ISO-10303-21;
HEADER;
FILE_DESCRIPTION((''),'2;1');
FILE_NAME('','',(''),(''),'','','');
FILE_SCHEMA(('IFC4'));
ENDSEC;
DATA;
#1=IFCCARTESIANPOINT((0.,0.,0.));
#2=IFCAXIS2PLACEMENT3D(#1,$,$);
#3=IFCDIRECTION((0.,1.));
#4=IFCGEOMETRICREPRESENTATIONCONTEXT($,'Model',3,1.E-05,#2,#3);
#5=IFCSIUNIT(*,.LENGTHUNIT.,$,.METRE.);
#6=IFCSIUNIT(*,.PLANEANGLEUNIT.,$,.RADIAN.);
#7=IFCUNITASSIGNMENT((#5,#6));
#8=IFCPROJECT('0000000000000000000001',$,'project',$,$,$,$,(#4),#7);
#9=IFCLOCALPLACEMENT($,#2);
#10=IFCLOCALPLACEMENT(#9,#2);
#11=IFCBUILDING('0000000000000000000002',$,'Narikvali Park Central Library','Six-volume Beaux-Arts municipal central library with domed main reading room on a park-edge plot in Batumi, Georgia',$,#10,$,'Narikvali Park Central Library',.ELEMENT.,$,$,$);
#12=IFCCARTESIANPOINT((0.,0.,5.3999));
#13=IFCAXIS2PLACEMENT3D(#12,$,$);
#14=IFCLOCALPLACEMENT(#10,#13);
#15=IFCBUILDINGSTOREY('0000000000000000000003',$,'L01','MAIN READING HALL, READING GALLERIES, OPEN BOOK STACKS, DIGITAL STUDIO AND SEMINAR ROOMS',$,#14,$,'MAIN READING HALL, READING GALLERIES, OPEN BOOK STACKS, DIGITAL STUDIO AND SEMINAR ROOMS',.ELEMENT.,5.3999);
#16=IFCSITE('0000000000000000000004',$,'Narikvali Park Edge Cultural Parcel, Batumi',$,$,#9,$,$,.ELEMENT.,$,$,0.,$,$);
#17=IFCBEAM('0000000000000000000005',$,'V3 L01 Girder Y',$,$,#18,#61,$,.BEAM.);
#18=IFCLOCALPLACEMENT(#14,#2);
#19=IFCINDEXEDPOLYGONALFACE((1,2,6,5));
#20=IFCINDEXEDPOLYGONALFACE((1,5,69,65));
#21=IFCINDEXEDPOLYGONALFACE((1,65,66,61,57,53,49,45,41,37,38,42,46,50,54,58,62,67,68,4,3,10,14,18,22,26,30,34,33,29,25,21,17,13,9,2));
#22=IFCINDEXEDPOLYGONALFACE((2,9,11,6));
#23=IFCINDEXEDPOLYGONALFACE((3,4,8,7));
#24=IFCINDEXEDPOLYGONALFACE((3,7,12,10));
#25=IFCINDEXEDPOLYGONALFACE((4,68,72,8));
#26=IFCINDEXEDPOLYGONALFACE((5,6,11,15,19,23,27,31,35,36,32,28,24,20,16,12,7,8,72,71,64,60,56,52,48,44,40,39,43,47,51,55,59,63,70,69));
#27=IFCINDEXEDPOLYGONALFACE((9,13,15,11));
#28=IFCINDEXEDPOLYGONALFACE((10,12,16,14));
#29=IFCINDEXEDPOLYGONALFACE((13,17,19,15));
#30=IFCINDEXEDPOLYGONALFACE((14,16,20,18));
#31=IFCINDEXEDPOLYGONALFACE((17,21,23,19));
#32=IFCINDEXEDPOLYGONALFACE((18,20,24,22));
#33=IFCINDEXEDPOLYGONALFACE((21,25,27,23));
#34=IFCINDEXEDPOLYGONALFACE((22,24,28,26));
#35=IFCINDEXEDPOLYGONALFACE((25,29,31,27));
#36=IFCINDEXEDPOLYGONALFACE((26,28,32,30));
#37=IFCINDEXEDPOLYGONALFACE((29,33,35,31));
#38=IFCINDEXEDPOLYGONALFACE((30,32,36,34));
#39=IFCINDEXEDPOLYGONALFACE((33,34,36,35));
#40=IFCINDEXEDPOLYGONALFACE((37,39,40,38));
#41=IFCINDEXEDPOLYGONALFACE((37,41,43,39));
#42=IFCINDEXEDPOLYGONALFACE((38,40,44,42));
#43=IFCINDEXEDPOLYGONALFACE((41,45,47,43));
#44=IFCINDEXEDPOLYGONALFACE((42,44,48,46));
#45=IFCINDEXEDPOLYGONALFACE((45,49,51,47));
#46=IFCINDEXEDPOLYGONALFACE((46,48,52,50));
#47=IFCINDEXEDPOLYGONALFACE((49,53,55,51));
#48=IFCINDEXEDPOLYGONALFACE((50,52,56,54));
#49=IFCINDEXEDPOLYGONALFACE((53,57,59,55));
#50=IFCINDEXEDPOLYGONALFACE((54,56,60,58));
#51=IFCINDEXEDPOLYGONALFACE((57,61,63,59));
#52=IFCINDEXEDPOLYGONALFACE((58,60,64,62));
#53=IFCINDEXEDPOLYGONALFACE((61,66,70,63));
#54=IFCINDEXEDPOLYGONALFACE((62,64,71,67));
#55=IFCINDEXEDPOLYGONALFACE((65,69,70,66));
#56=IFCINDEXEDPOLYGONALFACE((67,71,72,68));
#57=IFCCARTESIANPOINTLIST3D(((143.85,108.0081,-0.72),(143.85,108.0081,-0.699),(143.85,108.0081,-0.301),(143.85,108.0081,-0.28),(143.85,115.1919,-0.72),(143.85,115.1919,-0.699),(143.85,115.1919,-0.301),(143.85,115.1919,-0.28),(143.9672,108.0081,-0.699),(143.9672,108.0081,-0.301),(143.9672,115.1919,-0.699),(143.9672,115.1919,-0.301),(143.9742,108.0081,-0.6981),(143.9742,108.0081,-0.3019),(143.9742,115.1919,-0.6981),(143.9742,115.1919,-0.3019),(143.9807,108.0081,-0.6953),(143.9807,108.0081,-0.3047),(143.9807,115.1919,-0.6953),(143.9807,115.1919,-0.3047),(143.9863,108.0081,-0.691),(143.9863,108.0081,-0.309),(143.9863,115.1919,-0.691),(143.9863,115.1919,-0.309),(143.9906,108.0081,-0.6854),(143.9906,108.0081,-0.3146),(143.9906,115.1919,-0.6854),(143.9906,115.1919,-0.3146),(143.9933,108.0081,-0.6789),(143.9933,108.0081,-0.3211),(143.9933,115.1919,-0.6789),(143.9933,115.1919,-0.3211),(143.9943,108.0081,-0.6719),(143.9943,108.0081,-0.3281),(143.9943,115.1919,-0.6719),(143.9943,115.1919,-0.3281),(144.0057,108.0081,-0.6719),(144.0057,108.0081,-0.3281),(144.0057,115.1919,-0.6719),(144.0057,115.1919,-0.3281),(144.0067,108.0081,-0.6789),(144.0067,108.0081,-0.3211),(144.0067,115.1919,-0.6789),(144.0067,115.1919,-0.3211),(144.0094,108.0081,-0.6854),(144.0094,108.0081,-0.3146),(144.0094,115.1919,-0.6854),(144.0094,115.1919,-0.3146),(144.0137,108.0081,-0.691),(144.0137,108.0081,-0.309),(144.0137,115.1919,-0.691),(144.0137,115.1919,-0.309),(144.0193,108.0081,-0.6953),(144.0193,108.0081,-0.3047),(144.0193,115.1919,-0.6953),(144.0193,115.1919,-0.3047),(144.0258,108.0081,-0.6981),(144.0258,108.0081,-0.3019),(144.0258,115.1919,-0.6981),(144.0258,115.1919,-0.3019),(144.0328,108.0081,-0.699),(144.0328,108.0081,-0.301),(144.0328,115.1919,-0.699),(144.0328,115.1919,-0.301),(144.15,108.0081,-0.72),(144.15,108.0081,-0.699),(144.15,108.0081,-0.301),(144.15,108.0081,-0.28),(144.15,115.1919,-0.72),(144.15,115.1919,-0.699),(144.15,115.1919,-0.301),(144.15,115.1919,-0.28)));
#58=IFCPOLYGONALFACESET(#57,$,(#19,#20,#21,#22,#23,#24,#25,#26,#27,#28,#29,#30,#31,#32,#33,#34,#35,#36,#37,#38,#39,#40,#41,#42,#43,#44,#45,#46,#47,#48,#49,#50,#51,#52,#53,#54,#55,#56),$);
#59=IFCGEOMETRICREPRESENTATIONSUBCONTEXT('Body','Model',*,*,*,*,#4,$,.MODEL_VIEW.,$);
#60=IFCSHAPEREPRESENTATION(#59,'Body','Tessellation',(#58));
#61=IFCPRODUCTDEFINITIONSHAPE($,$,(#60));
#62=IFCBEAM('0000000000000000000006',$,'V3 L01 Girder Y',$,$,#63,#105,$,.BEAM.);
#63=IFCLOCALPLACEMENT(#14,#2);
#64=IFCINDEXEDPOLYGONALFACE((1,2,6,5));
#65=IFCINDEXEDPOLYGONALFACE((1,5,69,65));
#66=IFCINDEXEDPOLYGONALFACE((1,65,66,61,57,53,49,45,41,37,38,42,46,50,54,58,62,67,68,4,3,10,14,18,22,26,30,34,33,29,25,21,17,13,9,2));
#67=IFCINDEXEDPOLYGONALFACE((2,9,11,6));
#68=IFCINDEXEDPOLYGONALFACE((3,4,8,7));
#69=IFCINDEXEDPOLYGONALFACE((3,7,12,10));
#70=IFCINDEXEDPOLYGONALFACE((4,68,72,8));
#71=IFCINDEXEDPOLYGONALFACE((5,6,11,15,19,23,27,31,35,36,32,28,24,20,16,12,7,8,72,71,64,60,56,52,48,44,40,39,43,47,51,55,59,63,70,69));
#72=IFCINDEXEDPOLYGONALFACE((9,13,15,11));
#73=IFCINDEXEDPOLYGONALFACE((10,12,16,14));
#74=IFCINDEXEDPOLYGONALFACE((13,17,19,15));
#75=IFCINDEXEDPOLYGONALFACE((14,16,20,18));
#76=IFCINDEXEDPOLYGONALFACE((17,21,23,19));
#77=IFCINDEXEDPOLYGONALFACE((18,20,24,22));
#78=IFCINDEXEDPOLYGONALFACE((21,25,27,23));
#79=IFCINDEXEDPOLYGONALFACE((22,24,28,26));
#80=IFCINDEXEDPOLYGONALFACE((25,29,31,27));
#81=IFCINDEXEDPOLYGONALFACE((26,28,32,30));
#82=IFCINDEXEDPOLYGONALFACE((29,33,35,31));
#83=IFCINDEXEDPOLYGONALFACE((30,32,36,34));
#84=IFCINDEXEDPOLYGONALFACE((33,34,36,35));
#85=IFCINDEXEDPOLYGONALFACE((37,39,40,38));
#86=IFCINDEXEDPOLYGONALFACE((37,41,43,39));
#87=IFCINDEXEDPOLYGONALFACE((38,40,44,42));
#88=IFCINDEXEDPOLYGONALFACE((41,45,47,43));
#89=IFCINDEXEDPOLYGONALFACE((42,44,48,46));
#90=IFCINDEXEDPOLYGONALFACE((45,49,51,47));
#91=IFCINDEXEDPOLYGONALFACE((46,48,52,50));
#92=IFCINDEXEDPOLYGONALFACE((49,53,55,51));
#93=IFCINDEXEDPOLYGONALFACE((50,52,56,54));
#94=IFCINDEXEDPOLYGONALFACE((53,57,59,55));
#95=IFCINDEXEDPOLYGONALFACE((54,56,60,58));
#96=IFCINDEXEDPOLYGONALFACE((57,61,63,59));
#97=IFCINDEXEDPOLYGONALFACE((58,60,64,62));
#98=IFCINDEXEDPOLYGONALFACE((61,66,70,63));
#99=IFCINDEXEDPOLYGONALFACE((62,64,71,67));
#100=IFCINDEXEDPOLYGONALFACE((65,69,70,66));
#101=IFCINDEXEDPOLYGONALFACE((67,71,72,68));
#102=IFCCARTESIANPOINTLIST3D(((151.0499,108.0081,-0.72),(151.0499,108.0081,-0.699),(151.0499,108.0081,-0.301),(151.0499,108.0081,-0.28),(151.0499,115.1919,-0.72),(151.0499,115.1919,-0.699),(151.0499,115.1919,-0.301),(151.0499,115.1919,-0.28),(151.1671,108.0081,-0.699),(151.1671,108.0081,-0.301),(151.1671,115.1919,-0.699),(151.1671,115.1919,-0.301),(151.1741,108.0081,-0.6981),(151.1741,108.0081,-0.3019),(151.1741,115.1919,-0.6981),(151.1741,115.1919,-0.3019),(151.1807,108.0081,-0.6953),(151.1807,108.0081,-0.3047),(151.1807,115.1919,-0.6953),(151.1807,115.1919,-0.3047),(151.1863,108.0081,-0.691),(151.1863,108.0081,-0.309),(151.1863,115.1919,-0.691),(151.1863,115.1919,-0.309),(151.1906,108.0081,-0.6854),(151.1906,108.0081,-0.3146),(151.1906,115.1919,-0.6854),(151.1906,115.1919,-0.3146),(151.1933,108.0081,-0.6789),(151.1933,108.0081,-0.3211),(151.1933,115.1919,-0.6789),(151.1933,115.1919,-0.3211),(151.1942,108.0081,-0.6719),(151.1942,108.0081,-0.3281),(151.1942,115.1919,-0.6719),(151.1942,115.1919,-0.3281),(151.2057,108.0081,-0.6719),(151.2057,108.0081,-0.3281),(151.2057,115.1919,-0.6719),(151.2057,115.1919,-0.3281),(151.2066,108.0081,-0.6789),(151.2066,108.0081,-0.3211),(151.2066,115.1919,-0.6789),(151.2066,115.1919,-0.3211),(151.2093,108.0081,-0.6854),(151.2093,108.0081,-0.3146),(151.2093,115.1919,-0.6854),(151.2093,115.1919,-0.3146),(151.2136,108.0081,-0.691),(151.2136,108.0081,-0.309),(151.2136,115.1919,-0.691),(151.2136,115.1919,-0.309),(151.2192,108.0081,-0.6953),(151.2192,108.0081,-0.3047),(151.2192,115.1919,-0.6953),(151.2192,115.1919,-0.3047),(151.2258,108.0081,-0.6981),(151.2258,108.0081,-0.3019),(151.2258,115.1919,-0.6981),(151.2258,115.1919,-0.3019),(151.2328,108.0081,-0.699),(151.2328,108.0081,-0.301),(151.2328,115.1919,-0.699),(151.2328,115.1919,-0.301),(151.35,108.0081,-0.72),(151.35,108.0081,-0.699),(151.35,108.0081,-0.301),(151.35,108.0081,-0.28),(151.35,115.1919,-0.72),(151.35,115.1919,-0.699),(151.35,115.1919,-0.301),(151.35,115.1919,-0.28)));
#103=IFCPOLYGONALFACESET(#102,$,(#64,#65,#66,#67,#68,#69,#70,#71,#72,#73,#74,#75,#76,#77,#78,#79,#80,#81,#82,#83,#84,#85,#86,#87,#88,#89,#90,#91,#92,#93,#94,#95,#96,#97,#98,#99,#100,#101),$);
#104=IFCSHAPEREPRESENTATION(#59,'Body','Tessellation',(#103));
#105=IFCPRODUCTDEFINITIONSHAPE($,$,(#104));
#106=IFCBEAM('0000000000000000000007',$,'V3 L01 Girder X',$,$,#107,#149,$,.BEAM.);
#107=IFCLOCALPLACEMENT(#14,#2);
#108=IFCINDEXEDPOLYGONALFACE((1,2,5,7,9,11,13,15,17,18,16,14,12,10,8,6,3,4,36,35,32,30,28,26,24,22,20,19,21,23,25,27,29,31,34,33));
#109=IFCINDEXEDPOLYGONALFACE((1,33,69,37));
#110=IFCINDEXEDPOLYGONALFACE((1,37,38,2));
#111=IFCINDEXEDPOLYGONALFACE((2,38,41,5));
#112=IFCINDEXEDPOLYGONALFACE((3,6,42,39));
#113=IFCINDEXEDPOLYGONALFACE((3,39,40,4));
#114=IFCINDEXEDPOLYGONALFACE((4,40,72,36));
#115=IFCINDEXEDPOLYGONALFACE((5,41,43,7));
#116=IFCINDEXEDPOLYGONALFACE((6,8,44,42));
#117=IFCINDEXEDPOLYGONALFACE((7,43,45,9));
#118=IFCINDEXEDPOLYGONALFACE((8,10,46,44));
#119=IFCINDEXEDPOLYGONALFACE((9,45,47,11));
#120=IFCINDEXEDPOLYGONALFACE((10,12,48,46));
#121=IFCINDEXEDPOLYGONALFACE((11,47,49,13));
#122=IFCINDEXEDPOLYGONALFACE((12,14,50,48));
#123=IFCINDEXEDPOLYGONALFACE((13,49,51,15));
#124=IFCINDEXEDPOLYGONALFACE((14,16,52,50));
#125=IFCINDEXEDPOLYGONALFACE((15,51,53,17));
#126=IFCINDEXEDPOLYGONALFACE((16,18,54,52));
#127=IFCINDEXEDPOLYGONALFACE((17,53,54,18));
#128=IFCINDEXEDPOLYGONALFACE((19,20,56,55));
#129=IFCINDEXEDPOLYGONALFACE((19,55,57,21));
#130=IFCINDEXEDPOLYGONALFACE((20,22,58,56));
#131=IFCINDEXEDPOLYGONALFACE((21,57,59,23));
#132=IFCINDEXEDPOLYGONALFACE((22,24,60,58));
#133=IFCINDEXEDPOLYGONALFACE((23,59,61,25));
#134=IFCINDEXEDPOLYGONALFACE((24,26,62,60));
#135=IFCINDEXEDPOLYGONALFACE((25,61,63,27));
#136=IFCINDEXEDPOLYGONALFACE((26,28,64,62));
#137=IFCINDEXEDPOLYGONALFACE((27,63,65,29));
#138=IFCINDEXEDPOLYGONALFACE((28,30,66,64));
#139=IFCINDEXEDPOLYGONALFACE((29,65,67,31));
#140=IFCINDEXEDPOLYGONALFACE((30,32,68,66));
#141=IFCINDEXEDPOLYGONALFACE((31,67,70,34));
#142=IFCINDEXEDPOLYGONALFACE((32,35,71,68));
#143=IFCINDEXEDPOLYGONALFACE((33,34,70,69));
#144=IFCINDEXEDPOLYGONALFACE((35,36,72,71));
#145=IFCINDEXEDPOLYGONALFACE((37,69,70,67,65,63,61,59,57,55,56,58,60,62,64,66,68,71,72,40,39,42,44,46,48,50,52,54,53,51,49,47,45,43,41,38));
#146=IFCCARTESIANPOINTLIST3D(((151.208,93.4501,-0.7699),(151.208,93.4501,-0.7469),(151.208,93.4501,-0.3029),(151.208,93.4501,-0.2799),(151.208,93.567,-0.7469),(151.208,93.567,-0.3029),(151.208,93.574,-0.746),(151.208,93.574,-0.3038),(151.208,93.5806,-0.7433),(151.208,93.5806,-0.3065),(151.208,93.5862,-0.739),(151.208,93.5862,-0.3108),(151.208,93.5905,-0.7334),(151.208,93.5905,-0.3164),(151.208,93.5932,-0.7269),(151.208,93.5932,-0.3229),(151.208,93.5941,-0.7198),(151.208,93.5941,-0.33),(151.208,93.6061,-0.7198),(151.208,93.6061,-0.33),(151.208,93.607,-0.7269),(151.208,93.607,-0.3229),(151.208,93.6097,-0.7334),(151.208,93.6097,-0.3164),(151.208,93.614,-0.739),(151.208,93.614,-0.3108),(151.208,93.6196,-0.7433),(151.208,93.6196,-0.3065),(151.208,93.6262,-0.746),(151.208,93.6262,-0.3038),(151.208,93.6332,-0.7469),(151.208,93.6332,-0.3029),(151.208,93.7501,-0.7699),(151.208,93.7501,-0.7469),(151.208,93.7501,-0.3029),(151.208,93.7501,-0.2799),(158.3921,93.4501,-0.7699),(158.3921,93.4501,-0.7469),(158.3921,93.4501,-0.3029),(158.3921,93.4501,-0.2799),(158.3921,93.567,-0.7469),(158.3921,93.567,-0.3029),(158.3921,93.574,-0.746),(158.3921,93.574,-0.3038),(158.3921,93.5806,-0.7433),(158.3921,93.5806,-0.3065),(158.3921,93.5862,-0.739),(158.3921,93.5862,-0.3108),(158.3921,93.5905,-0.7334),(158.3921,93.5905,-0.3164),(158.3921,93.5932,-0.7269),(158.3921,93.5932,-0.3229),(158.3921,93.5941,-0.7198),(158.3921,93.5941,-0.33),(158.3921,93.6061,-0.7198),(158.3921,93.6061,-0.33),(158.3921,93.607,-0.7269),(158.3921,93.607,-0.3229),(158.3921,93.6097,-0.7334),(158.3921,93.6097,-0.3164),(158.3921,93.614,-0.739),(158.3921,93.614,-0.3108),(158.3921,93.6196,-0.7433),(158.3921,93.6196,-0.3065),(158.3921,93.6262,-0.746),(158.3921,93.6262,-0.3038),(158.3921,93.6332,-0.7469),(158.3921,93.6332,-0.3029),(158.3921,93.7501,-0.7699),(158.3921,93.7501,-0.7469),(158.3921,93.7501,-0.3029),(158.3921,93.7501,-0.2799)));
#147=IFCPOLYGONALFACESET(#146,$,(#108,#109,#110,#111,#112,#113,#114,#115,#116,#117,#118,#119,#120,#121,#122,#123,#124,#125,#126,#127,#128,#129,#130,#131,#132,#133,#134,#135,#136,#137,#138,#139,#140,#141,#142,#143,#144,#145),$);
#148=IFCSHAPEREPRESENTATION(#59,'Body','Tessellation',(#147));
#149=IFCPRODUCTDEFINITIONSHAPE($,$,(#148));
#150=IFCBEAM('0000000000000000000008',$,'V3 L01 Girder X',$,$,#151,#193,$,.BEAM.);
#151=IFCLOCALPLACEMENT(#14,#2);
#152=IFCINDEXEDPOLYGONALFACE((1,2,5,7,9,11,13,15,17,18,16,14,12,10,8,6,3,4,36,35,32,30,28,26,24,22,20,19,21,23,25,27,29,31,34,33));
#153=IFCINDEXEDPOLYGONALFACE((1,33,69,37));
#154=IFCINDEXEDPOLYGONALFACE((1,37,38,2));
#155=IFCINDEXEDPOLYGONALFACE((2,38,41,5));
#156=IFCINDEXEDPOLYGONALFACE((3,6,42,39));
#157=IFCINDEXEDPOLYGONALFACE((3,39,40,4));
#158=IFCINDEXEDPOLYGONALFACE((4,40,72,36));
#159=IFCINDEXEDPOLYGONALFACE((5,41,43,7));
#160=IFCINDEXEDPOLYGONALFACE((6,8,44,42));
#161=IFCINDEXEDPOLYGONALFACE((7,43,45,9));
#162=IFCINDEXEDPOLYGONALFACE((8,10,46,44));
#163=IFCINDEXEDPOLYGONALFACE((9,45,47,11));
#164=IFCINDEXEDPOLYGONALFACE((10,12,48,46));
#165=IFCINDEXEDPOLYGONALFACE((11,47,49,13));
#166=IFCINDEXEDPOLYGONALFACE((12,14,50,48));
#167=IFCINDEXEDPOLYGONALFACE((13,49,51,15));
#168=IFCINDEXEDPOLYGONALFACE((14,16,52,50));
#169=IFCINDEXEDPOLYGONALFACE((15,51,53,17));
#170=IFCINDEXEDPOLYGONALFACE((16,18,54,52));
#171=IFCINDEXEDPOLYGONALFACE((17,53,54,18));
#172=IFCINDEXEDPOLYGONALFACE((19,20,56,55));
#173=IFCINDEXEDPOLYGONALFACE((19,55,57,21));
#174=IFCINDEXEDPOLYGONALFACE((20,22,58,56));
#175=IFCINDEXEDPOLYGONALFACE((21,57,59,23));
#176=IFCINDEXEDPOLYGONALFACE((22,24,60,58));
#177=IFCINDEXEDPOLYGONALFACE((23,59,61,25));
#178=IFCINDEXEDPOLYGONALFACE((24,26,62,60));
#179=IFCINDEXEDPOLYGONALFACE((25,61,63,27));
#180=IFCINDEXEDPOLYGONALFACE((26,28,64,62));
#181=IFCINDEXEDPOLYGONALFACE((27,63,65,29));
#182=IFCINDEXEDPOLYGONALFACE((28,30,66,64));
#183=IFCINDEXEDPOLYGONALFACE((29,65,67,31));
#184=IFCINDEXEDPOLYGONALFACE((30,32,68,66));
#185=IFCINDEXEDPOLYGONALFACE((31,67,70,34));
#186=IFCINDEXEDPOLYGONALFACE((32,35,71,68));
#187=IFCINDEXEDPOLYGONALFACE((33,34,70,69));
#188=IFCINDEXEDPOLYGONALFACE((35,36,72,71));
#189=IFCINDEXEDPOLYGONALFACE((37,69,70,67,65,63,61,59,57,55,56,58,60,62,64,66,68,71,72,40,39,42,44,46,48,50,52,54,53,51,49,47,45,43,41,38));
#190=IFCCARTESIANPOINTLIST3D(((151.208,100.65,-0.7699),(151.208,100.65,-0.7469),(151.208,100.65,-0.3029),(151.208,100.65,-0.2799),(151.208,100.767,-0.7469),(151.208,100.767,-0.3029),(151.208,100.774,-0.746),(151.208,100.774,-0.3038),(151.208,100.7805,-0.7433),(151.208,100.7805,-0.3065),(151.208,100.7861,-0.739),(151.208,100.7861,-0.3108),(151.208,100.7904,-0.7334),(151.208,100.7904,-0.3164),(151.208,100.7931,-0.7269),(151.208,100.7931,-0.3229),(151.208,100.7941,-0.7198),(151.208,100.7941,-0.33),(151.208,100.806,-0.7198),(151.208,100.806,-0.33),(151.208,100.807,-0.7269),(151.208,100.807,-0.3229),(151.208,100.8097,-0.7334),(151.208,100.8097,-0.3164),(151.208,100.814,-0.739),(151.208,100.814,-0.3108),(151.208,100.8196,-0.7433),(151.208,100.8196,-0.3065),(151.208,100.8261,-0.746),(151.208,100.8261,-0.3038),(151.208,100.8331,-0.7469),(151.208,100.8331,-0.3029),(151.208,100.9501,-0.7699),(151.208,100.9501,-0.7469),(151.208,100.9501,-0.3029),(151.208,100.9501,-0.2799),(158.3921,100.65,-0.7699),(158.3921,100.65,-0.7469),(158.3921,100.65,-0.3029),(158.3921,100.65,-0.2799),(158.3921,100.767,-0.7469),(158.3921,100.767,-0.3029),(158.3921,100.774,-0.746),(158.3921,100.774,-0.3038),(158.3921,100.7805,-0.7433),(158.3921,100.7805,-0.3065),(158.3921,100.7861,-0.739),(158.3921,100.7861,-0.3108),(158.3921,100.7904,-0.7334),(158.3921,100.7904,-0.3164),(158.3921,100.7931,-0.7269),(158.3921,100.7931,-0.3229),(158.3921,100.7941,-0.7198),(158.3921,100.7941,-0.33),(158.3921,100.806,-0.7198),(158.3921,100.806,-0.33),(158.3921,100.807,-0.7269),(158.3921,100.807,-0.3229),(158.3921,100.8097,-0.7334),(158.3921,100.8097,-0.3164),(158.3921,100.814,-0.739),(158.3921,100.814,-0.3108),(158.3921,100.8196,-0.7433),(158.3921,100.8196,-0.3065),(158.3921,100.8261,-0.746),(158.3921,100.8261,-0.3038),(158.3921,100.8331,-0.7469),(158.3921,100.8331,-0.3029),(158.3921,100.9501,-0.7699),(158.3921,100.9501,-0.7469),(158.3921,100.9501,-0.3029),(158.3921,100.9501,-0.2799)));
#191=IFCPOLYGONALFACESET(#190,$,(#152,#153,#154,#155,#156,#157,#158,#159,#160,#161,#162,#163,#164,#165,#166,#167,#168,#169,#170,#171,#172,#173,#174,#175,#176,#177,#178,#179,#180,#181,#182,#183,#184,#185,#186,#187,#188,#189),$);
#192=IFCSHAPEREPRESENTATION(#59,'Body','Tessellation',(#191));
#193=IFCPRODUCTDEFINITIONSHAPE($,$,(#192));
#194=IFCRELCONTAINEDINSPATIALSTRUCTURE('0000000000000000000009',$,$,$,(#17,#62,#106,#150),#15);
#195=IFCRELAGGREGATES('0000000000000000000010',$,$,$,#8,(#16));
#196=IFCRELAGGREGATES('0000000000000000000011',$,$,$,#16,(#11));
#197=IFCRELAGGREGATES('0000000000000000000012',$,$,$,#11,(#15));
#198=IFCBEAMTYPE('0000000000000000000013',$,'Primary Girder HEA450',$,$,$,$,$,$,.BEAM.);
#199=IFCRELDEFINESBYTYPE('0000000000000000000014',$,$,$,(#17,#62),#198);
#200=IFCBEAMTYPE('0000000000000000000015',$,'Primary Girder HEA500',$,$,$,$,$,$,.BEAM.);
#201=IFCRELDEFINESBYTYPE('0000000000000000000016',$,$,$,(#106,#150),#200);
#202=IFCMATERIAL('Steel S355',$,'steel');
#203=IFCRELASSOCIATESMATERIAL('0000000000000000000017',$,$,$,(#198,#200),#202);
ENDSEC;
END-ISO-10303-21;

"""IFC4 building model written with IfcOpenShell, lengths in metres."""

from ifc_helpers import new_model, si_unit, direction, frame, origin, origin_2d, place, context, subcontext, project, spatial, i_section, extrude, material, material_profile, profile_set, type_object, element, save


model = new_model("IFC4")

# Units and contexts
model_context = context("Model", 3, precision=1e-05, world=origin(), true_north=direction((0.0, 1.0)))
body_context = subcontext(model_context, "Body", "Model", "MODEL_VIEW")
ifc_project = project(units=[si_unit("LENGTHUNIT", "METRE"), si_unit("PLANEANGLEUNIT", "RADIAN")], contexts=[model_context])

# Site, building, storey
site_placement = place(None, origin())
site = spatial("IfcSite", under=ifc_project, at=site_placement, Name="Narikvali Park Edge Cultural Parcel, Batumi", CompositionType="ELEMENT", RefElevation=0.0)
building_placement = place(site_placement, origin())
building = spatial("IfcBuilding", under=site, at=building_placement, Name="Narikvali Park Central Library", Description="Six-volume Beaux-Arts municipal central library with domed main reading room on a park-edge plot in Batumi, Georgia", LongName="Narikvali Park Central Library", CompositionType="ELEMENT")
storey_placement = place(building_placement, frame((0.0, 0.0, 5.3999)))
storey = spatial("IfcBuildingStorey", under=building, at=storey_placement, Name="L01", Description="MAIN READING HALL, READING GALLERIES, OPEN BOOK STACKS, DIGITAL STUDIO AND SEMINAR ROOMS", LongName="MAIN READING HALL, READING GALLERIES, OPEN BOOK STACKS, DIGITAL STUDIO AND SEMINAR ROOMS", CompositionType="ELEMENT", Elevation=5.3999)

# Shared definitions
ifc_material_1 = material(Name="Steel S355", Category="steel")

# Beams
ifc_material_profile_1 = material_profile(ifc_material_1, i_section(OverallWidth=0.3, OverallDepth=0.4399, WebThickness=0.0115, FlangeThickness=0.021, FilletRadius=0.0271, at=origin_2d()), Name="HEA 450")
ifc_profile_set_1 = profile_set([ifc_material_profile_1], Name="Steel S355")
beam_type_1 = type_object("IfcBeamType", Name="Primary Girder HEA450", PredefinedType="BEAM", material=ifc_profile_set_1)
for number, where, z_axis, x_axis, name in (
    (1, (144.0, 108.0081, -0.5), (0.0, 1.0, 0.0), (-1.0, 0.0, 0.0), "V3 L01 Girder Y"),
    (2, (151.2, 108.0081, -0.5), (0.0, 1.0, 0.0), (-1.0, 0.0, 0.0), "V3 L01 Girder Y"),
):
    element("IfcBeam", number, at=place(storey_placement, frame(where, z_axis=z_axis, x_axis=x_axis)), inside=storey, type_object=beam_type_1, Name=name, PredefinedType="BEAM", context=body_context, shape_type="SweptSolid", body=[
        extrude(i_section(OverallWidth=0.3, OverallDepth=0.4399, WebThickness=0.0115, FlangeThickness=0.021, FilletRadius=0.0271, at=origin_2d()), origin(), (0.0, 0.0, 1.0), 7.1838),
    ])
ifc_material_profile_2 = material_profile(ifc_material_1, i_section(OverallWidth=0.3, OverallDepth=0.49, WebThickness=0.012, FlangeThickness=0.0229, FilletRadius=0.0271, at=origin_2d()), Name="HEA 500")
ifc_profile_set_2 = profile_set([ifc_material_profile_2], Name="Steel S355")
beam_type_2 = type_object("IfcBeamType", Name="Primary Girder HEA500", PredefinedType="BEAM", material=ifc_profile_set_2)
for number, where, z_axis, x_axis, name in (
    (3, (151.208, 93.6001, -0.5249), (1.0, 0.0, 0.0), (0.0, 1.0, 0.0), "V3 L01 Girder X"),
    (4, (151.208, 100.8, -0.5249), (1.0, 0.0, 0.0), (0.0, 1.0, 0.0), "V3 L01 Girder X"),
):
    element("IfcBeam", number, at=place(storey_placement, frame(where, z_axis=z_axis, x_axis=x_axis)), inside=storey, type_object=beam_type_2, Name=name, PredefinedType="BEAM", context=body_context, shape_type="SweptSolid", body=[
        extrude(i_section(OverallWidth=0.3, OverallDepth=0.49, WebThickness=0.012, FlangeThickness=0.0229, FilletRadius=0.0271, at=origin_2d()), origin(), (0.0, 0.0, 1.0), 7.1841),
    ])

save(model, "model.ifc")
